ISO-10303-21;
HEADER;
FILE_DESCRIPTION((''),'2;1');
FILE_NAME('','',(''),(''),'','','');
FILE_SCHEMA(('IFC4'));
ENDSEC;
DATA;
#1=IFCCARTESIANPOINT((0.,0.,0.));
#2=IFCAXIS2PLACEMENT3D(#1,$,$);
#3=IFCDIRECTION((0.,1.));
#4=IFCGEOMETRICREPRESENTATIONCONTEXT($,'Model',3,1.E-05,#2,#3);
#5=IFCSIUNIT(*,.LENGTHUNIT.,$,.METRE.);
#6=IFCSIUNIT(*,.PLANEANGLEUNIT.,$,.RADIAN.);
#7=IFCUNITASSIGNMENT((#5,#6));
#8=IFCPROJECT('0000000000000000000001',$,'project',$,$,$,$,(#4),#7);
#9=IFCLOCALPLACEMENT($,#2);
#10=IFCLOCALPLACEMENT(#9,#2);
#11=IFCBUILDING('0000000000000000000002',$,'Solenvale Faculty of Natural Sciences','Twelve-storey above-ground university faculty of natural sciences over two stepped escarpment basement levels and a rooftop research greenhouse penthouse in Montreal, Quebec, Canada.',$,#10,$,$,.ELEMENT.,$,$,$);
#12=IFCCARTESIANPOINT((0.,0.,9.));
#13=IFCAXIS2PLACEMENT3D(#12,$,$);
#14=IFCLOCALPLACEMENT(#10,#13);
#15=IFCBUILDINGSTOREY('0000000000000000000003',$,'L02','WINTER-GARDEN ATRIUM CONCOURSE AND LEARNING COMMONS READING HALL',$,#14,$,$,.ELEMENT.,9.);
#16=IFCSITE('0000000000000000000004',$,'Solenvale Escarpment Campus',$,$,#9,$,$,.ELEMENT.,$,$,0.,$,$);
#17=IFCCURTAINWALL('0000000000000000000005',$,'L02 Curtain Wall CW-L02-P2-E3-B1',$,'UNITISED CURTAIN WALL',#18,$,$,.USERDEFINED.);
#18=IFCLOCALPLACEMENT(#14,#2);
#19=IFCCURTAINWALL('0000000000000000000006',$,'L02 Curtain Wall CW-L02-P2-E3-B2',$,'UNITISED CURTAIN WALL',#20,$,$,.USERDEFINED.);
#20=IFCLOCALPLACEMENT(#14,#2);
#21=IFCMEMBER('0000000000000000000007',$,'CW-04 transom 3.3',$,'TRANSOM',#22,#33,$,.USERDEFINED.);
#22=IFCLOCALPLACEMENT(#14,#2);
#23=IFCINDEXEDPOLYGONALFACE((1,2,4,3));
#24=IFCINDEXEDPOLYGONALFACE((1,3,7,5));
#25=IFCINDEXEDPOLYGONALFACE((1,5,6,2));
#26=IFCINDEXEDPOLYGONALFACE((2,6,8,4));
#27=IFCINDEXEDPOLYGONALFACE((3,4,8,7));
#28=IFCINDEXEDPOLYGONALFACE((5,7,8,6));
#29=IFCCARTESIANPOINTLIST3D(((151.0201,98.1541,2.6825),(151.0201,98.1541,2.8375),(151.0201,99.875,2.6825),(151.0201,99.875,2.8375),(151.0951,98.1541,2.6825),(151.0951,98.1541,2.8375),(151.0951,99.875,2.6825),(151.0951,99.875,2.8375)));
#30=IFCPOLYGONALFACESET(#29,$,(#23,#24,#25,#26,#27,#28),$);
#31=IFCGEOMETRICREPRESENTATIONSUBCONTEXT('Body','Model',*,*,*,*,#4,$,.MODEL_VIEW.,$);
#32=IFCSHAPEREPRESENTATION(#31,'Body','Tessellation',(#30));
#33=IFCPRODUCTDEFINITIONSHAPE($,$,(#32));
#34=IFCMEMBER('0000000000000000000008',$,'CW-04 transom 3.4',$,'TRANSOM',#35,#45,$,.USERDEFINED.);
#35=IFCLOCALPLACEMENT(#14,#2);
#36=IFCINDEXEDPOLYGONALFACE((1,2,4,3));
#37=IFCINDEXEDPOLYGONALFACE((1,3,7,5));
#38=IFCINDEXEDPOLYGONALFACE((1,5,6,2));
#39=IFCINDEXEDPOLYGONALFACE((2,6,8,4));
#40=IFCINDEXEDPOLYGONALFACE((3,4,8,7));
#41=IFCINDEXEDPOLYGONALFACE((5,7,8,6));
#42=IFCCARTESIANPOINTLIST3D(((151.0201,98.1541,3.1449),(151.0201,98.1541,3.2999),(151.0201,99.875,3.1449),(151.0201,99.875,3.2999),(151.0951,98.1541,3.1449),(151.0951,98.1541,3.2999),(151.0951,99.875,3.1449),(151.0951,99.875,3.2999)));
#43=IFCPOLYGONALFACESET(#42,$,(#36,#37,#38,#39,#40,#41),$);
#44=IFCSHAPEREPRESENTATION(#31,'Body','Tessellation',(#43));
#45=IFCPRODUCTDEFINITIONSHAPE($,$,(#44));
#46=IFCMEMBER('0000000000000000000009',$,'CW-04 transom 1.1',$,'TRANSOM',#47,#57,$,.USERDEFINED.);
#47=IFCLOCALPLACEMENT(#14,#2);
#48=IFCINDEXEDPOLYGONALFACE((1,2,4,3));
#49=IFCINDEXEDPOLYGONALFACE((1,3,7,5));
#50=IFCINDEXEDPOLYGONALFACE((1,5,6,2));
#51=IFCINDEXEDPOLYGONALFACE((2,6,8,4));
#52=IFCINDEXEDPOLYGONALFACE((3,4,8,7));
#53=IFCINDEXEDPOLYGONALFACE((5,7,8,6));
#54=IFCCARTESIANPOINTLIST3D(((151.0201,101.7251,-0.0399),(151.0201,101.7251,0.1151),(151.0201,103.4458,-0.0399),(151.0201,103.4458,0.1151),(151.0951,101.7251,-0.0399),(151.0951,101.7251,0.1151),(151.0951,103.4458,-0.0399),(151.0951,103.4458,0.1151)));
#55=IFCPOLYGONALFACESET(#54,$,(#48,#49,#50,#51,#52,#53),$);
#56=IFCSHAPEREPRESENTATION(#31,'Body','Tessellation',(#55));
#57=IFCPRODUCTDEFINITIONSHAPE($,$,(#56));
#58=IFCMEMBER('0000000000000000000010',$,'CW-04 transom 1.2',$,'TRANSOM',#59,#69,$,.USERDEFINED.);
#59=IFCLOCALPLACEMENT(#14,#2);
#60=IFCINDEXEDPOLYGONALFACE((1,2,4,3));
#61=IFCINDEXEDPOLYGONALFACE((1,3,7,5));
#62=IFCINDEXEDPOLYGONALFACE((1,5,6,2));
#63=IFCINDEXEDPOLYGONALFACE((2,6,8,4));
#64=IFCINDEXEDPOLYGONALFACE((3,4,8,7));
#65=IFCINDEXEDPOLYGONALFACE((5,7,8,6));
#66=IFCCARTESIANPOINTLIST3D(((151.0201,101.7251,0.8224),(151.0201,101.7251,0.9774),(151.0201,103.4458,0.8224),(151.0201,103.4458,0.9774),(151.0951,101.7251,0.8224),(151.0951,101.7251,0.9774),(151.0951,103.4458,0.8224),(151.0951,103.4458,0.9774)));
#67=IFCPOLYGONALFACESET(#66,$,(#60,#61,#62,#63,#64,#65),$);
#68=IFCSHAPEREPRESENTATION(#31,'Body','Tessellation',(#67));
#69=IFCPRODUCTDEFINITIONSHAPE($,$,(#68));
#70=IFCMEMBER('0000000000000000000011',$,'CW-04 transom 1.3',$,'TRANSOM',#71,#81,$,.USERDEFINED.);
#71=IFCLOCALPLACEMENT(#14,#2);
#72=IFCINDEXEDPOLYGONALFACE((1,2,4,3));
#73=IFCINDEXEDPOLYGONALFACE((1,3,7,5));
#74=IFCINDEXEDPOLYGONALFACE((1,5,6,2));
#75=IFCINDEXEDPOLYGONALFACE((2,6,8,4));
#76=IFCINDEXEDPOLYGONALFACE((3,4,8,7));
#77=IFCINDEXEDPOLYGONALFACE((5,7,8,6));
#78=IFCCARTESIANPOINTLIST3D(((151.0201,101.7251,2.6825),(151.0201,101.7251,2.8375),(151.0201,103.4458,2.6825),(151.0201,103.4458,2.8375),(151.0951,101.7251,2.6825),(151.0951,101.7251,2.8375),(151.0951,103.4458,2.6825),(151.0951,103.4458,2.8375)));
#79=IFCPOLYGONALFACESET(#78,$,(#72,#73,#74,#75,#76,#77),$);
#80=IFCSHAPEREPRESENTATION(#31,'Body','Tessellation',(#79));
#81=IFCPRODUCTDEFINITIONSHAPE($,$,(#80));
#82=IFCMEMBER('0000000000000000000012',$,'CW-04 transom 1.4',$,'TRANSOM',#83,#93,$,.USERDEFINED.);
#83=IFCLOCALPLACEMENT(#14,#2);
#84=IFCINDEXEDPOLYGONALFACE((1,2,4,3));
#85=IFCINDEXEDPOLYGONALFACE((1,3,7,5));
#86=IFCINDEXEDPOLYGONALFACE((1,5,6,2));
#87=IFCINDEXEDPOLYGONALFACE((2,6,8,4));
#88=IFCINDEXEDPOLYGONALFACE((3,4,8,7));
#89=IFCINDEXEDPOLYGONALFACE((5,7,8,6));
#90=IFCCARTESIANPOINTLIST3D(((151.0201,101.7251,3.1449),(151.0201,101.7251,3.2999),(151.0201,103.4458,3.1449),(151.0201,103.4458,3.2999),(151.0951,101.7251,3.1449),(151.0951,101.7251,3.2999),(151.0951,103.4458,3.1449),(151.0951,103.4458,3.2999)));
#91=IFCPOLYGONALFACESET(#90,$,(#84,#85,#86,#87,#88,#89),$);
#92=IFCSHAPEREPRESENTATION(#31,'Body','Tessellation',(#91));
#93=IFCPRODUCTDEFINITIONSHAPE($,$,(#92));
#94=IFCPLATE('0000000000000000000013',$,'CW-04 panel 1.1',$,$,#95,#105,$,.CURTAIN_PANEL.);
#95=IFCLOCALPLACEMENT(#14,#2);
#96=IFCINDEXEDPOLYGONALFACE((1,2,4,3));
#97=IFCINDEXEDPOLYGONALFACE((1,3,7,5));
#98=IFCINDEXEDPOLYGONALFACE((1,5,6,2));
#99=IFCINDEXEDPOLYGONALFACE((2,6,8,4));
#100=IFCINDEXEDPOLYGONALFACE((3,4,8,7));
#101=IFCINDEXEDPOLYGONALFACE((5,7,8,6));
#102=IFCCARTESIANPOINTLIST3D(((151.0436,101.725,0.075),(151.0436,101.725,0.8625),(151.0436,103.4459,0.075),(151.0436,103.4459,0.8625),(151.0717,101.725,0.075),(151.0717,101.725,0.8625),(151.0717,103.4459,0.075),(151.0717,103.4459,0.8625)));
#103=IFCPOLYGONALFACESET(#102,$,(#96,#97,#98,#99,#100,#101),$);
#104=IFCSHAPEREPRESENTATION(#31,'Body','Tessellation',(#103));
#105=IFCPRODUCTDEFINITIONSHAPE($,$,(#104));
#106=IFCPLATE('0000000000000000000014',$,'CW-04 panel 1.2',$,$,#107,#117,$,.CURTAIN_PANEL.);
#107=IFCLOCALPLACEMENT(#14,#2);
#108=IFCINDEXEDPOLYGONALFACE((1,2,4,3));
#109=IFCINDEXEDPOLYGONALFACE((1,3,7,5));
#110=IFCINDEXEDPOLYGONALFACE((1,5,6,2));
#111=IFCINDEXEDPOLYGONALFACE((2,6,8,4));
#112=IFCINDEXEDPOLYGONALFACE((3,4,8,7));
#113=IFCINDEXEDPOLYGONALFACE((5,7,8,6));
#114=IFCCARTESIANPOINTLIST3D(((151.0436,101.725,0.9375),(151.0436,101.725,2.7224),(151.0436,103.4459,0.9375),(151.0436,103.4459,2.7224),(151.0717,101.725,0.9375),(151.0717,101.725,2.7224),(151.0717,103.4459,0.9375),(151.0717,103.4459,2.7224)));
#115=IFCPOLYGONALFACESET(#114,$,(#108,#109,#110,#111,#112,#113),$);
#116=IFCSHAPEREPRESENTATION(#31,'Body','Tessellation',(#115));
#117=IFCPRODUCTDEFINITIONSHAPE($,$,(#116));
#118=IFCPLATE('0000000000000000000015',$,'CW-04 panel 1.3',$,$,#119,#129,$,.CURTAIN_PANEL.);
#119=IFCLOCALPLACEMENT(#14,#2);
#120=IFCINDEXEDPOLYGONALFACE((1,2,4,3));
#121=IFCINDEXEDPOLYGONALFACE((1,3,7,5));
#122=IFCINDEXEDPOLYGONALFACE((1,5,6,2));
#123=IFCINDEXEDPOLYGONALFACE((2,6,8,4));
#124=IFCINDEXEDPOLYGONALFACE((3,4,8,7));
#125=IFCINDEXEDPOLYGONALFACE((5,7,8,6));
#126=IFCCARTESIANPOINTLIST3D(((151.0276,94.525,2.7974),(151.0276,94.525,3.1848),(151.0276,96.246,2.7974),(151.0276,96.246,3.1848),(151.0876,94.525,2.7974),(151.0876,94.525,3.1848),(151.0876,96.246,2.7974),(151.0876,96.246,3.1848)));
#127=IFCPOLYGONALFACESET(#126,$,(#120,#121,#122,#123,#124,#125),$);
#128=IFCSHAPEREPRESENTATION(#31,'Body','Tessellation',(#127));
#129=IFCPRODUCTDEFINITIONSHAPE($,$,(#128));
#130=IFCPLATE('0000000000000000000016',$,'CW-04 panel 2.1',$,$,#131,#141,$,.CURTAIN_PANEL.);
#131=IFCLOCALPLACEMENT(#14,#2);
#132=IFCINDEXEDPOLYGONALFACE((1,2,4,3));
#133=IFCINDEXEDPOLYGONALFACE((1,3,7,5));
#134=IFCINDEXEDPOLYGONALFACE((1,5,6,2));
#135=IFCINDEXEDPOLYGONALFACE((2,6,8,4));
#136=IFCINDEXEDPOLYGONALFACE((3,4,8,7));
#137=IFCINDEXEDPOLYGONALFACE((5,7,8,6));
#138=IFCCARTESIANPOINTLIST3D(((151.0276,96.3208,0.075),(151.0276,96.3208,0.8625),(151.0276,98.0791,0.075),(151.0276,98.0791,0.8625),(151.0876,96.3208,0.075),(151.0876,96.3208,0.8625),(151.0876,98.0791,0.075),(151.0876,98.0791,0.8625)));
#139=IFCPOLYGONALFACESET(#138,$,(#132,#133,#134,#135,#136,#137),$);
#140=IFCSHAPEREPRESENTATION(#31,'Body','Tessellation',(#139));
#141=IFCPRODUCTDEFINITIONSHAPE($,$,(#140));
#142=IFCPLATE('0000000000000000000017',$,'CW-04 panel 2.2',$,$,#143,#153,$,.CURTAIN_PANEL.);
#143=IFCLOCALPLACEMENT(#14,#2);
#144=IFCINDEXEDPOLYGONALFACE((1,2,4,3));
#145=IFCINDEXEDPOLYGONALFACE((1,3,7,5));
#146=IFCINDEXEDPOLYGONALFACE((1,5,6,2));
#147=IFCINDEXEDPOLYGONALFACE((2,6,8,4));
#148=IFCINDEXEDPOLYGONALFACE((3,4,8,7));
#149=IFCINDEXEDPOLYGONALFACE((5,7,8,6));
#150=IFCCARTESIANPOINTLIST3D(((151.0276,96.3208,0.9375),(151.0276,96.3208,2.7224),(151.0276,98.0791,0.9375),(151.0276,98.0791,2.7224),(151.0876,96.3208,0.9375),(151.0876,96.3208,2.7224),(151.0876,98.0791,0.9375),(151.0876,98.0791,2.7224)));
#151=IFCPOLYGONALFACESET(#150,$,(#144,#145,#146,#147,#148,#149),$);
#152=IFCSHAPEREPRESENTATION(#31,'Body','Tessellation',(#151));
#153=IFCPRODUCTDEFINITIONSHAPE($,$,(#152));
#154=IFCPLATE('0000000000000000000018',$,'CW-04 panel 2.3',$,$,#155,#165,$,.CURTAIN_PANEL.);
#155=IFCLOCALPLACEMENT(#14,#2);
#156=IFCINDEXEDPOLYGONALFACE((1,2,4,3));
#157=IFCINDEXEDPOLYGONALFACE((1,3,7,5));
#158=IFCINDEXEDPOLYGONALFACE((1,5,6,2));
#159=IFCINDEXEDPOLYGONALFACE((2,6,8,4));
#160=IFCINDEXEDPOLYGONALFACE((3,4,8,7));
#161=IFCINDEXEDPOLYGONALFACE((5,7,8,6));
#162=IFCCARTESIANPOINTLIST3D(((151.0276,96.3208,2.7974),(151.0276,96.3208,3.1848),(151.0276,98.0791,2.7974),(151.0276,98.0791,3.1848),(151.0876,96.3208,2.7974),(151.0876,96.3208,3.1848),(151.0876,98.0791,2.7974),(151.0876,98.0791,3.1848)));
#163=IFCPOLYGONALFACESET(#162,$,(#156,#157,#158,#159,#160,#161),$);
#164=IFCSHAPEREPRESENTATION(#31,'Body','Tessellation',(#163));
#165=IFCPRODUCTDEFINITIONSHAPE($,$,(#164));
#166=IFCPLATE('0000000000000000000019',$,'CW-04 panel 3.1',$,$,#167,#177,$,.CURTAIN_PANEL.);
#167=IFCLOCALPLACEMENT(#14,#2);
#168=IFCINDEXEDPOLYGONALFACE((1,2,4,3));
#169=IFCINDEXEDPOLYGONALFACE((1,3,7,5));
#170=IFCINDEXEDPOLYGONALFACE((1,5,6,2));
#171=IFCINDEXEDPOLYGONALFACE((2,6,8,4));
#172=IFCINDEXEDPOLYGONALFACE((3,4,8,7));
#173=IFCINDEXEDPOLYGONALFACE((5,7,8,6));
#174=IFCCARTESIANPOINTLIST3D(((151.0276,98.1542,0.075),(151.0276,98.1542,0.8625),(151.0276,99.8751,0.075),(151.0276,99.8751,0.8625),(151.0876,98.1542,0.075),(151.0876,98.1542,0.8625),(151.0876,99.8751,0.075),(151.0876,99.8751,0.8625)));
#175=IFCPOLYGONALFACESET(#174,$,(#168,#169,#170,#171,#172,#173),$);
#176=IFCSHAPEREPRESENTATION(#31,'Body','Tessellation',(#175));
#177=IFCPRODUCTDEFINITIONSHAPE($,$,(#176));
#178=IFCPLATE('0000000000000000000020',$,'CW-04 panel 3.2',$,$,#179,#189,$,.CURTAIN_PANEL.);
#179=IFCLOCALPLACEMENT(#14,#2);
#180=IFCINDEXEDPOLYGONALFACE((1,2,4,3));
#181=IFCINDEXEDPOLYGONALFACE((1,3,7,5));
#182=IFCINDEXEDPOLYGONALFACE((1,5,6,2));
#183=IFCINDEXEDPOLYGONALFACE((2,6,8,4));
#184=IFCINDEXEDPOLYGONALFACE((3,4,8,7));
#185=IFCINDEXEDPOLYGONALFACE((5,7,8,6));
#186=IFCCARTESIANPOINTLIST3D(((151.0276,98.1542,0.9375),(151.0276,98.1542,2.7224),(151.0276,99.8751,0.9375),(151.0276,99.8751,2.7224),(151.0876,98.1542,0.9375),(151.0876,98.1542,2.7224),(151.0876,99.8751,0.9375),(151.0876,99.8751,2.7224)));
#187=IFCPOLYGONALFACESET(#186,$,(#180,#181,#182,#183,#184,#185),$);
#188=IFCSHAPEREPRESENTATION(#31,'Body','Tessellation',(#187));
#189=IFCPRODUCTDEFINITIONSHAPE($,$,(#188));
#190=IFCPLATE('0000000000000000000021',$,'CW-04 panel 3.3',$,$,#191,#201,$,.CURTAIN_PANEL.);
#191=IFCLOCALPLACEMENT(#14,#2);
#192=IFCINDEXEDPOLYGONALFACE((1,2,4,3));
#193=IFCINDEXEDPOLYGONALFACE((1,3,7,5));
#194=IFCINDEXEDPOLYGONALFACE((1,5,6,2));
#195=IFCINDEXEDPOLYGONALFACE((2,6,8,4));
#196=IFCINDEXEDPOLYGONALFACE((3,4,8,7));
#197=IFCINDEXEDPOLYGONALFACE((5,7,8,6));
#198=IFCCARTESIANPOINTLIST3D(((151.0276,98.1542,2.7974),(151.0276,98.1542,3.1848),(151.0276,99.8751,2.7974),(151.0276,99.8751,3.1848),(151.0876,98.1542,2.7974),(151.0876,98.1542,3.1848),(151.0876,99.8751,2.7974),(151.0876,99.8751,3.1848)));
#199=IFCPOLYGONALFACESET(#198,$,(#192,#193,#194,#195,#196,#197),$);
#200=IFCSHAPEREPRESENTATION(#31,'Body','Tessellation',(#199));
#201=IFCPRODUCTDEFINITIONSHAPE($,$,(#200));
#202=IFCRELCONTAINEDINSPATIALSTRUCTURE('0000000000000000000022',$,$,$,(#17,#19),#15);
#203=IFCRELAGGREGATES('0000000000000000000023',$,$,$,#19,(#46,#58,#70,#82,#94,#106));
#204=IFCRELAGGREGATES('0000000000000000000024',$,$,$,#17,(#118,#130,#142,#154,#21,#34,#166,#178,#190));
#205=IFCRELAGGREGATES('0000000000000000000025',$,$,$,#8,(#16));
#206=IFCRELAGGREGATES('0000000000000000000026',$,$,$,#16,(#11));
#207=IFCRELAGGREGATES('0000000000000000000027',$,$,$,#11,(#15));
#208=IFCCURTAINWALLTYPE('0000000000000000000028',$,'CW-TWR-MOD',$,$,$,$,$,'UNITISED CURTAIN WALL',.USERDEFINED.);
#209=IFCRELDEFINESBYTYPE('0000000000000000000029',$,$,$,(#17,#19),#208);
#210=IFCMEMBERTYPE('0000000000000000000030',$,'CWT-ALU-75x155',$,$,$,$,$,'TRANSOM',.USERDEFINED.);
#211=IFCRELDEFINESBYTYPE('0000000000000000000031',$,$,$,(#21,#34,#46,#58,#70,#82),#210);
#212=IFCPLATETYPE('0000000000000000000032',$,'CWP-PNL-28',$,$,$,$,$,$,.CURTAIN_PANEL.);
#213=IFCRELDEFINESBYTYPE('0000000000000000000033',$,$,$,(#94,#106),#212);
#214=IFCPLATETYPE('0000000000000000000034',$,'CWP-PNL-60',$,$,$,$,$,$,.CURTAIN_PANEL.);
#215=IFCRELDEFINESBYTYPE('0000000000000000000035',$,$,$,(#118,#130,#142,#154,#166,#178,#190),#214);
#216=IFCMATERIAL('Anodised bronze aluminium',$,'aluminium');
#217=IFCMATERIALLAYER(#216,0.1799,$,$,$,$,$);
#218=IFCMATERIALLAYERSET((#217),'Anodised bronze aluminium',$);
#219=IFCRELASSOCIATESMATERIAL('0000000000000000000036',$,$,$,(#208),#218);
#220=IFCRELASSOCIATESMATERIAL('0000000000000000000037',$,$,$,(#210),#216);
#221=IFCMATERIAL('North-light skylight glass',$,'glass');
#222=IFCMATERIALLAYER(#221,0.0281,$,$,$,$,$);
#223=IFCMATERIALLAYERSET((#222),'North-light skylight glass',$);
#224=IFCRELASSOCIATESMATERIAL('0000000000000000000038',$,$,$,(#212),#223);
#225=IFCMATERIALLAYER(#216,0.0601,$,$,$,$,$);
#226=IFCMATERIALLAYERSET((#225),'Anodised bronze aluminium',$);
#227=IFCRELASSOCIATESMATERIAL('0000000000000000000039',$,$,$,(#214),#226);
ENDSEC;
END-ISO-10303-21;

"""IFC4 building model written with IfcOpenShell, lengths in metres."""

from ifc_helpers import new_model, si_unit, direction, frame, origin, origin_2d, place, context, subcontext, project, spatial, rectangle, extrude, material, layer, layer_set, material_profile, profile_set, type_object, element, aggregate, save


model = new_model("IFC4")

# Units and contexts
model_context = context("Model", 3, precision=1e-05, world=origin(), true_north=direction((0.0, 1.0)))
body_context = subcontext(model_context, "Body", "Model", "MODEL_VIEW")
ifc_project = project(units=[si_unit("LENGTHUNIT", "METRE"), si_unit("PLANEANGLEUNIT", "RADIAN")], contexts=[model_context])

# Site, building, storey
site_placement = place(None, origin())
site = spatial("IfcSite", under=ifc_project, at=site_placement, Name="Solenvale Escarpment Campus", CompositionType="ELEMENT", RefElevation=0.0)
building_placement = place(site_placement, origin())
building = spatial("IfcBuilding", under=site, at=building_placement, Name="Solenvale Faculty of Natural Sciences", Description="Twelve-storey above-ground university faculty of natural sciences over two stepped escarpment basement levels and a rooftop research greenhouse penthouse in Montreal, Quebec, Canada.", CompositionType="ELEMENT")
storey_placement = place(building_placement, frame((0.0, 0.0, 9.0)))
storey = spatial("IfcBuildingStorey", under=building, at=storey_placement, Name="L02", Description="WINTER-GARDEN ATRIUM CONCOURSE AND LEARNING COMMONS READING HALL", CompositionType="ELEMENT", Elevation=9.0)

# Curtain wall
ifc_material_1 = material(Name="Anodised bronze aluminium", Category="aluminium")
ifc_layer_1 = layer(ifc_material_1, 0.1799)
ifc_layer_set_1 = layer_set([ifc_layer_1], Name="Anodised bronze aluminium")
curtain_wall_type = type_object("IfcCurtainWallType", Name="CW-TWR-MOD", ElementType="UNITISED CURTAIN WALL", PredefinedType="USERDEFINED", material=ifc_layer_set_1)
curtain_wall_1_placement = place(storey_placement, origin())
curtain_wall_1 = element("IfcCurtainWall", 1, at=curtain_wall_1_placement, inside=storey, type_object=curtain_wall_type, Name="L02 Curtain Wall CW-L02-P2-E3-B1", ObjectType="UNITISED CURTAIN WALL", PredefinedType="USERDEFINED")

# Curtain wall
curtain_wall_2_placement = place(storey_placement, origin())
curtain_wall_2 = element("IfcCurtainWall", 2, at=curtain_wall_2_placement, inside=storey, type_object=curtain_wall_type, Name="L02 Curtain Wall CW-L02-P2-E3-B2", ObjectType="UNITISED CURTAIN WALL", PredefinedType="USERDEFINED")

# Members
ifc_material_profile_1 = material_profile(ifc_material_1, rectangle(XDim=0.075, YDim=0.155, at=origin_2d()), Name="ALU-TRN-75x155")
ifc_profile_set_1 = profile_set([ifc_material_profile_1], Name="Anodised bronze aluminium")
member_type_1 = type_object("IfcMemberType", Name="CWT-ALU-75x155", ElementType="TRANSOM", PredefinedType="USERDEFINED", material=ifc_profile_set_1)
member_1_placement = place(storey_placement, frame((151.0576, 98.1541, 2.76), z_axis=(0.0, 1.0, 0.0), x_axis=(-1.0, 0.0, 0.0)))
member_1 = element("IfcMember", 3, at=member_1_placement, type_object=member_type_1, Name="CW-04 transom 3.3", ObjectType="TRANSOM", PredefinedType="USERDEFINED", context=body_context, shape_type="SweptSolid", body=[
    extrude(rectangle(XDim=0.075, YDim=0.155, at=origin_2d()), origin(), (0.0, 0.0, 1.0), 1.7209),
])
member_2_placement = place(storey_placement, frame((151.0576, 98.1541, 3.2224), z_axis=(0.0, 1.0, 0.0), x_axis=(-1.0, 0.0, 0.0)))
member_2 = element("IfcMember", 4, at=member_2_placement, type_object=member_type_1, Name="CW-04 transom 3.4", ObjectType="TRANSOM", PredefinedType="USERDEFINED", context=body_context, shape_type="SweptSolid", body=[
    extrude(rectangle(XDim=0.075, YDim=0.155, at=origin_2d()), origin(), (0.0, 0.0, 1.0), 1.7209),
])
member_3_placement = place(storey_placement, frame((151.0576, 101.7251, 0.0376), z_axis=(0.0, 1.0, 0.0), x_axis=(-1.0, 0.0, 0.0)))
member_3 = element("IfcMember", 5, at=member_3_placement, type_object=member_type_1, Name="CW-04 transom 1.1", ObjectType="TRANSOM", PredefinedType="USERDEFINED", context=body_context, shape_type="SweptSolid", body=[
    extrude(rectangle(XDim=0.075, YDim=0.155, at=origin_2d()), origin(), (0.0, 0.0, 1.0), 1.7207),
])
member_4_placement = place(storey_placement, frame((151.0576, 101.7251, 0.8999), z_axis=(0.0, 1.0, 0.0), x_axis=(-1.0, 0.0, 0.0)))
member_4 = element("IfcMember", 6, at=member_4_placement, type_object=member_type_1, Name="CW-04 transom 1.2", ObjectType="TRANSOM", PredefinedType="USERDEFINED", context=body_context, shape_type="SweptSolid", body=[
    extrude(rectangle(XDim=0.075, YDim=0.155, at=origin_2d()), origin(), (0.0, 0.0, 1.0), 1.7207),
])
member_5_placement = place(storey_placement, frame((151.0576, 101.7251, 2.76), z_axis=(0.0, 1.0, 0.0), x_axis=(-1.0, 0.0, 0.0)))
member_5 = element("IfcMember", 7, at=member_5_placement, type_object=member_type_1, Name="CW-04 transom 1.3", ObjectType="TRANSOM", PredefinedType="USERDEFINED", context=body_context, shape_type="SweptSolid", body=[
    extrude(rectangle(XDim=0.075, YDim=0.155, at=origin_2d()), origin(), (0.0, 0.0, 1.0), 1.7207),
])
member_6_placement = place(storey_placement, frame((151.0576, 101.7251, 3.2224), z_axis=(0.0, 1.0, 0.0), x_axis=(-1.0, 0.0, 0.0)))
member_6 = element("IfcMember", 8, at=member_6_placement, type_object=member_type_1, Name="CW-04 transom 1.4", ObjectType="TRANSOM", PredefinedType="USERDEFINED", context=body_context, shape_type="SweptSolid", body=[
    extrude(rectangle(XDim=0.075, YDim=0.155, at=origin_2d()), origin(), (0.0, 0.0, 1.0), 1.7207),
])

# Plates
ifc_material_2 = material(Name="North-light skylight glass", Category="glass")
ifc_layer_2 = layer(ifc_material_2, 0.0281)
ifc_layer_set_2 = layer_set([ifc_layer_2], Name="North-light skylight glass")
plate_type_1 = type_object("IfcPlateType", Name="CWP-PNL-28", PredefinedType="CURTAIN_PANEL", material=ifc_layer_set_2)
plate_1_placement = place(storey_placement, frame((151.0576, 102.5854, 0.075), z_axis=(0.0, 0.0, 1.0), x_axis=(0.0, 1.0, 0.0)))
plate_1 = element("IfcPlate", 9, at=plate_1_placement, type_object=plate_type_1, Name="CW-04 panel 1.1", PredefinedType="CURTAIN_PANEL", context=body_context, shape_type="SweptSolid", body=[
    extrude(rectangle(XDim=1.7209, YDim=0.0281, at=origin_2d()), origin(), (0.0, 0.0, 1.0), 0.7876),
])
plate_2_placement = place(storey_placement, frame((151.0576, 102.5854, 0.9375), z_axis=(0.0, 0.0, 1.0), x_axis=(0.0, 1.0, 0.0)))
plate_2 = element("IfcPlate", 10, at=plate_2_placement, type_object=plate_type_1, Name="CW-04 panel 1.2", PredefinedType="CURTAIN_PANEL", context=body_context, shape_type="SweptSolid", body=[
    extrude(rectangle(XDim=1.7209, YDim=0.0281, at=origin_2d()), origin(), (0.0, 0.0, 1.0), 1.7849),
])
aggregate(curtain_wall_2, [member_3, member_4, member_5, member_6, plate_1, plate_2])
ifc_layer_3 = layer(ifc_material_1, 0.0601)
ifc_layer_set_3 = layer_set([ifc_layer_3], Name="Anodised bronze aluminium")
plate_type_2 = type_object("IfcPlateType", Name="CWP-PNL-60", PredefinedType="CURTAIN_PANEL", material=ifc_layer_set_3)
plate_3_placement = place(storey_placement, frame((151.0576, 95.3855, 2.7974), z_axis=(0.0, 0.0, 1.0), x_axis=(0.0, 1.0, 0.0)))
plate_3 = element("IfcPlate", 11, at=plate_3_placement, type_object=plate_type_2, Name="CW-04 panel 1.3", PredefinedType="CURTAIN_PANEL", context=body_context, shape_type="SweptSolid", body=[
    extrude(rectangle(XDim=1.7209, YDim=0.0601, at=origin_2d()), origin(), (0.0, 0.0, 1.0), 0.3875),
])
plate_4_placement = place(storey_placement, frame((151.0576, 97.2, 0.075), z_axis=(0.0, 0.0, 1.0), x_axis=(0.0, 1.0, 0.0)))
plate_4 = element("IfcPlate", 12, at=plate_4_placement, type_object=plate_type_2, Name="CW-04 panel 2.1", PredefinedType="CURTAIN_PANEL", context=body_context, shape_type="SweptSolid", body=[
    extrude(rectangle(XDim=1.7583, YDim=0.0601, at=origin_2d()), origin(), (0.0, 0.0, 1.0), 0.7876),
])
plate_5_placement = place(storey_placement, frame((151.0576, 97.2, 0.9375), z_axis=(0.0, 0.0, 1.0), x_axis=(0.0, 1.0, 0.0)))
plate_5 = element("IfcPlate", 13, at=plate_5_placement, type_object=plate_type_2, Name="CW-04 panel 2.2", PredefinedType="CURTAIN_PANEL", context=body_context, shape_type="SweptSolid", body=[
    extrude(rectangle(XDim=1.7583, YDim=0.0601, at=origin_2d()), origin(), (0.0, 0.0, 1.0), 1.7849),
])
plate_6_placement = place(storey_placement, frame((151.0576, 97.2, 2.7974), z_axis=(0.0, 0.0, 1.0), x_axis=(0.0, 1.0, 0.0)))
plate_6 = element("IfcPlate", 14, at=plate_6_placement, type_object=plate_type_2, Name="CW-04 panel 2.3", PredefinedType="CURTAIN_PANEL", context=body_context, shape_type="SweptSolid", body=[
    extrude(rectangle(XDim=1.7583, YDim=0.0601, at=origin_2d()), origin(), (0.0, 0.0, 1.0), 0.3875),
])
plate_7_placement = place(storey_placement, frame((151.0576, 99.0146, 0.075), z_axis=(0.0, 0.0, 1.0), x_axis=(0.0, 1.0, 0.0)))
plate_7 = element("IfcPlate", 15, at=plate_7_placement, type_object=plate_type_2, Name="CW-04 panel 3.1", PredefinedType="CURTAIN_PANEL", context=body_context, shape_type="SweptSolid", body=[
    extrude(rectangle(XDim=1.7209, YDim=0.0601, at=origin_2d()), origin(), (0.0, 0.0, 1.0), 0.7876),
])
plate_8_placement = place(storey_placement, frame((151.0576, 99.0146, 0.9375), z_axis=(0.0, 0.0, 1.0), x_axis=(0.0, 1.0, 0.0)))
plate_8 = element("IfcPlate", 16, at=plate_8_placement, type_object=plate_type_2, Name="CW-04 panel 3.2", PredefinedType="CURTAIN_PANEL", context=body_context, shape_type="SweptSolid", body=[
    extrude(rectangle(XDim=1.7209, YDim=0.0601, at=origin_2d()), origin(), (0.0, 0.0, 1.0), 1.7849),
])
plate_9_placement = place(storey_placement, frame((151.0576, 99.0146, 2.7974), z_axis=(0.0, 0.0, 1.0), x_axis=(0.0, 1.0, 0.0)))
plate_9 = element("IfcPlate", 17, at=plate_9_placement, type_object=plate_type_2, Name="CW-04 panel 3.3", PredefinedType="CURTAIN_PANEL", context=body_context, shape_type="SweptSolid", body=[
    extrude(rectangle(XDim=1.7209, YDim=0.0601, at=origin_2d()), origin(), (0.0, 0.0, 1.0), 0.3875),
])
aggregate(curtain_wall_1, [plate_3, plate_4, plate_5, plate_6, member_1, member_2, plate_7, plate_8, plate_9])

save(model, "model.ifc")
